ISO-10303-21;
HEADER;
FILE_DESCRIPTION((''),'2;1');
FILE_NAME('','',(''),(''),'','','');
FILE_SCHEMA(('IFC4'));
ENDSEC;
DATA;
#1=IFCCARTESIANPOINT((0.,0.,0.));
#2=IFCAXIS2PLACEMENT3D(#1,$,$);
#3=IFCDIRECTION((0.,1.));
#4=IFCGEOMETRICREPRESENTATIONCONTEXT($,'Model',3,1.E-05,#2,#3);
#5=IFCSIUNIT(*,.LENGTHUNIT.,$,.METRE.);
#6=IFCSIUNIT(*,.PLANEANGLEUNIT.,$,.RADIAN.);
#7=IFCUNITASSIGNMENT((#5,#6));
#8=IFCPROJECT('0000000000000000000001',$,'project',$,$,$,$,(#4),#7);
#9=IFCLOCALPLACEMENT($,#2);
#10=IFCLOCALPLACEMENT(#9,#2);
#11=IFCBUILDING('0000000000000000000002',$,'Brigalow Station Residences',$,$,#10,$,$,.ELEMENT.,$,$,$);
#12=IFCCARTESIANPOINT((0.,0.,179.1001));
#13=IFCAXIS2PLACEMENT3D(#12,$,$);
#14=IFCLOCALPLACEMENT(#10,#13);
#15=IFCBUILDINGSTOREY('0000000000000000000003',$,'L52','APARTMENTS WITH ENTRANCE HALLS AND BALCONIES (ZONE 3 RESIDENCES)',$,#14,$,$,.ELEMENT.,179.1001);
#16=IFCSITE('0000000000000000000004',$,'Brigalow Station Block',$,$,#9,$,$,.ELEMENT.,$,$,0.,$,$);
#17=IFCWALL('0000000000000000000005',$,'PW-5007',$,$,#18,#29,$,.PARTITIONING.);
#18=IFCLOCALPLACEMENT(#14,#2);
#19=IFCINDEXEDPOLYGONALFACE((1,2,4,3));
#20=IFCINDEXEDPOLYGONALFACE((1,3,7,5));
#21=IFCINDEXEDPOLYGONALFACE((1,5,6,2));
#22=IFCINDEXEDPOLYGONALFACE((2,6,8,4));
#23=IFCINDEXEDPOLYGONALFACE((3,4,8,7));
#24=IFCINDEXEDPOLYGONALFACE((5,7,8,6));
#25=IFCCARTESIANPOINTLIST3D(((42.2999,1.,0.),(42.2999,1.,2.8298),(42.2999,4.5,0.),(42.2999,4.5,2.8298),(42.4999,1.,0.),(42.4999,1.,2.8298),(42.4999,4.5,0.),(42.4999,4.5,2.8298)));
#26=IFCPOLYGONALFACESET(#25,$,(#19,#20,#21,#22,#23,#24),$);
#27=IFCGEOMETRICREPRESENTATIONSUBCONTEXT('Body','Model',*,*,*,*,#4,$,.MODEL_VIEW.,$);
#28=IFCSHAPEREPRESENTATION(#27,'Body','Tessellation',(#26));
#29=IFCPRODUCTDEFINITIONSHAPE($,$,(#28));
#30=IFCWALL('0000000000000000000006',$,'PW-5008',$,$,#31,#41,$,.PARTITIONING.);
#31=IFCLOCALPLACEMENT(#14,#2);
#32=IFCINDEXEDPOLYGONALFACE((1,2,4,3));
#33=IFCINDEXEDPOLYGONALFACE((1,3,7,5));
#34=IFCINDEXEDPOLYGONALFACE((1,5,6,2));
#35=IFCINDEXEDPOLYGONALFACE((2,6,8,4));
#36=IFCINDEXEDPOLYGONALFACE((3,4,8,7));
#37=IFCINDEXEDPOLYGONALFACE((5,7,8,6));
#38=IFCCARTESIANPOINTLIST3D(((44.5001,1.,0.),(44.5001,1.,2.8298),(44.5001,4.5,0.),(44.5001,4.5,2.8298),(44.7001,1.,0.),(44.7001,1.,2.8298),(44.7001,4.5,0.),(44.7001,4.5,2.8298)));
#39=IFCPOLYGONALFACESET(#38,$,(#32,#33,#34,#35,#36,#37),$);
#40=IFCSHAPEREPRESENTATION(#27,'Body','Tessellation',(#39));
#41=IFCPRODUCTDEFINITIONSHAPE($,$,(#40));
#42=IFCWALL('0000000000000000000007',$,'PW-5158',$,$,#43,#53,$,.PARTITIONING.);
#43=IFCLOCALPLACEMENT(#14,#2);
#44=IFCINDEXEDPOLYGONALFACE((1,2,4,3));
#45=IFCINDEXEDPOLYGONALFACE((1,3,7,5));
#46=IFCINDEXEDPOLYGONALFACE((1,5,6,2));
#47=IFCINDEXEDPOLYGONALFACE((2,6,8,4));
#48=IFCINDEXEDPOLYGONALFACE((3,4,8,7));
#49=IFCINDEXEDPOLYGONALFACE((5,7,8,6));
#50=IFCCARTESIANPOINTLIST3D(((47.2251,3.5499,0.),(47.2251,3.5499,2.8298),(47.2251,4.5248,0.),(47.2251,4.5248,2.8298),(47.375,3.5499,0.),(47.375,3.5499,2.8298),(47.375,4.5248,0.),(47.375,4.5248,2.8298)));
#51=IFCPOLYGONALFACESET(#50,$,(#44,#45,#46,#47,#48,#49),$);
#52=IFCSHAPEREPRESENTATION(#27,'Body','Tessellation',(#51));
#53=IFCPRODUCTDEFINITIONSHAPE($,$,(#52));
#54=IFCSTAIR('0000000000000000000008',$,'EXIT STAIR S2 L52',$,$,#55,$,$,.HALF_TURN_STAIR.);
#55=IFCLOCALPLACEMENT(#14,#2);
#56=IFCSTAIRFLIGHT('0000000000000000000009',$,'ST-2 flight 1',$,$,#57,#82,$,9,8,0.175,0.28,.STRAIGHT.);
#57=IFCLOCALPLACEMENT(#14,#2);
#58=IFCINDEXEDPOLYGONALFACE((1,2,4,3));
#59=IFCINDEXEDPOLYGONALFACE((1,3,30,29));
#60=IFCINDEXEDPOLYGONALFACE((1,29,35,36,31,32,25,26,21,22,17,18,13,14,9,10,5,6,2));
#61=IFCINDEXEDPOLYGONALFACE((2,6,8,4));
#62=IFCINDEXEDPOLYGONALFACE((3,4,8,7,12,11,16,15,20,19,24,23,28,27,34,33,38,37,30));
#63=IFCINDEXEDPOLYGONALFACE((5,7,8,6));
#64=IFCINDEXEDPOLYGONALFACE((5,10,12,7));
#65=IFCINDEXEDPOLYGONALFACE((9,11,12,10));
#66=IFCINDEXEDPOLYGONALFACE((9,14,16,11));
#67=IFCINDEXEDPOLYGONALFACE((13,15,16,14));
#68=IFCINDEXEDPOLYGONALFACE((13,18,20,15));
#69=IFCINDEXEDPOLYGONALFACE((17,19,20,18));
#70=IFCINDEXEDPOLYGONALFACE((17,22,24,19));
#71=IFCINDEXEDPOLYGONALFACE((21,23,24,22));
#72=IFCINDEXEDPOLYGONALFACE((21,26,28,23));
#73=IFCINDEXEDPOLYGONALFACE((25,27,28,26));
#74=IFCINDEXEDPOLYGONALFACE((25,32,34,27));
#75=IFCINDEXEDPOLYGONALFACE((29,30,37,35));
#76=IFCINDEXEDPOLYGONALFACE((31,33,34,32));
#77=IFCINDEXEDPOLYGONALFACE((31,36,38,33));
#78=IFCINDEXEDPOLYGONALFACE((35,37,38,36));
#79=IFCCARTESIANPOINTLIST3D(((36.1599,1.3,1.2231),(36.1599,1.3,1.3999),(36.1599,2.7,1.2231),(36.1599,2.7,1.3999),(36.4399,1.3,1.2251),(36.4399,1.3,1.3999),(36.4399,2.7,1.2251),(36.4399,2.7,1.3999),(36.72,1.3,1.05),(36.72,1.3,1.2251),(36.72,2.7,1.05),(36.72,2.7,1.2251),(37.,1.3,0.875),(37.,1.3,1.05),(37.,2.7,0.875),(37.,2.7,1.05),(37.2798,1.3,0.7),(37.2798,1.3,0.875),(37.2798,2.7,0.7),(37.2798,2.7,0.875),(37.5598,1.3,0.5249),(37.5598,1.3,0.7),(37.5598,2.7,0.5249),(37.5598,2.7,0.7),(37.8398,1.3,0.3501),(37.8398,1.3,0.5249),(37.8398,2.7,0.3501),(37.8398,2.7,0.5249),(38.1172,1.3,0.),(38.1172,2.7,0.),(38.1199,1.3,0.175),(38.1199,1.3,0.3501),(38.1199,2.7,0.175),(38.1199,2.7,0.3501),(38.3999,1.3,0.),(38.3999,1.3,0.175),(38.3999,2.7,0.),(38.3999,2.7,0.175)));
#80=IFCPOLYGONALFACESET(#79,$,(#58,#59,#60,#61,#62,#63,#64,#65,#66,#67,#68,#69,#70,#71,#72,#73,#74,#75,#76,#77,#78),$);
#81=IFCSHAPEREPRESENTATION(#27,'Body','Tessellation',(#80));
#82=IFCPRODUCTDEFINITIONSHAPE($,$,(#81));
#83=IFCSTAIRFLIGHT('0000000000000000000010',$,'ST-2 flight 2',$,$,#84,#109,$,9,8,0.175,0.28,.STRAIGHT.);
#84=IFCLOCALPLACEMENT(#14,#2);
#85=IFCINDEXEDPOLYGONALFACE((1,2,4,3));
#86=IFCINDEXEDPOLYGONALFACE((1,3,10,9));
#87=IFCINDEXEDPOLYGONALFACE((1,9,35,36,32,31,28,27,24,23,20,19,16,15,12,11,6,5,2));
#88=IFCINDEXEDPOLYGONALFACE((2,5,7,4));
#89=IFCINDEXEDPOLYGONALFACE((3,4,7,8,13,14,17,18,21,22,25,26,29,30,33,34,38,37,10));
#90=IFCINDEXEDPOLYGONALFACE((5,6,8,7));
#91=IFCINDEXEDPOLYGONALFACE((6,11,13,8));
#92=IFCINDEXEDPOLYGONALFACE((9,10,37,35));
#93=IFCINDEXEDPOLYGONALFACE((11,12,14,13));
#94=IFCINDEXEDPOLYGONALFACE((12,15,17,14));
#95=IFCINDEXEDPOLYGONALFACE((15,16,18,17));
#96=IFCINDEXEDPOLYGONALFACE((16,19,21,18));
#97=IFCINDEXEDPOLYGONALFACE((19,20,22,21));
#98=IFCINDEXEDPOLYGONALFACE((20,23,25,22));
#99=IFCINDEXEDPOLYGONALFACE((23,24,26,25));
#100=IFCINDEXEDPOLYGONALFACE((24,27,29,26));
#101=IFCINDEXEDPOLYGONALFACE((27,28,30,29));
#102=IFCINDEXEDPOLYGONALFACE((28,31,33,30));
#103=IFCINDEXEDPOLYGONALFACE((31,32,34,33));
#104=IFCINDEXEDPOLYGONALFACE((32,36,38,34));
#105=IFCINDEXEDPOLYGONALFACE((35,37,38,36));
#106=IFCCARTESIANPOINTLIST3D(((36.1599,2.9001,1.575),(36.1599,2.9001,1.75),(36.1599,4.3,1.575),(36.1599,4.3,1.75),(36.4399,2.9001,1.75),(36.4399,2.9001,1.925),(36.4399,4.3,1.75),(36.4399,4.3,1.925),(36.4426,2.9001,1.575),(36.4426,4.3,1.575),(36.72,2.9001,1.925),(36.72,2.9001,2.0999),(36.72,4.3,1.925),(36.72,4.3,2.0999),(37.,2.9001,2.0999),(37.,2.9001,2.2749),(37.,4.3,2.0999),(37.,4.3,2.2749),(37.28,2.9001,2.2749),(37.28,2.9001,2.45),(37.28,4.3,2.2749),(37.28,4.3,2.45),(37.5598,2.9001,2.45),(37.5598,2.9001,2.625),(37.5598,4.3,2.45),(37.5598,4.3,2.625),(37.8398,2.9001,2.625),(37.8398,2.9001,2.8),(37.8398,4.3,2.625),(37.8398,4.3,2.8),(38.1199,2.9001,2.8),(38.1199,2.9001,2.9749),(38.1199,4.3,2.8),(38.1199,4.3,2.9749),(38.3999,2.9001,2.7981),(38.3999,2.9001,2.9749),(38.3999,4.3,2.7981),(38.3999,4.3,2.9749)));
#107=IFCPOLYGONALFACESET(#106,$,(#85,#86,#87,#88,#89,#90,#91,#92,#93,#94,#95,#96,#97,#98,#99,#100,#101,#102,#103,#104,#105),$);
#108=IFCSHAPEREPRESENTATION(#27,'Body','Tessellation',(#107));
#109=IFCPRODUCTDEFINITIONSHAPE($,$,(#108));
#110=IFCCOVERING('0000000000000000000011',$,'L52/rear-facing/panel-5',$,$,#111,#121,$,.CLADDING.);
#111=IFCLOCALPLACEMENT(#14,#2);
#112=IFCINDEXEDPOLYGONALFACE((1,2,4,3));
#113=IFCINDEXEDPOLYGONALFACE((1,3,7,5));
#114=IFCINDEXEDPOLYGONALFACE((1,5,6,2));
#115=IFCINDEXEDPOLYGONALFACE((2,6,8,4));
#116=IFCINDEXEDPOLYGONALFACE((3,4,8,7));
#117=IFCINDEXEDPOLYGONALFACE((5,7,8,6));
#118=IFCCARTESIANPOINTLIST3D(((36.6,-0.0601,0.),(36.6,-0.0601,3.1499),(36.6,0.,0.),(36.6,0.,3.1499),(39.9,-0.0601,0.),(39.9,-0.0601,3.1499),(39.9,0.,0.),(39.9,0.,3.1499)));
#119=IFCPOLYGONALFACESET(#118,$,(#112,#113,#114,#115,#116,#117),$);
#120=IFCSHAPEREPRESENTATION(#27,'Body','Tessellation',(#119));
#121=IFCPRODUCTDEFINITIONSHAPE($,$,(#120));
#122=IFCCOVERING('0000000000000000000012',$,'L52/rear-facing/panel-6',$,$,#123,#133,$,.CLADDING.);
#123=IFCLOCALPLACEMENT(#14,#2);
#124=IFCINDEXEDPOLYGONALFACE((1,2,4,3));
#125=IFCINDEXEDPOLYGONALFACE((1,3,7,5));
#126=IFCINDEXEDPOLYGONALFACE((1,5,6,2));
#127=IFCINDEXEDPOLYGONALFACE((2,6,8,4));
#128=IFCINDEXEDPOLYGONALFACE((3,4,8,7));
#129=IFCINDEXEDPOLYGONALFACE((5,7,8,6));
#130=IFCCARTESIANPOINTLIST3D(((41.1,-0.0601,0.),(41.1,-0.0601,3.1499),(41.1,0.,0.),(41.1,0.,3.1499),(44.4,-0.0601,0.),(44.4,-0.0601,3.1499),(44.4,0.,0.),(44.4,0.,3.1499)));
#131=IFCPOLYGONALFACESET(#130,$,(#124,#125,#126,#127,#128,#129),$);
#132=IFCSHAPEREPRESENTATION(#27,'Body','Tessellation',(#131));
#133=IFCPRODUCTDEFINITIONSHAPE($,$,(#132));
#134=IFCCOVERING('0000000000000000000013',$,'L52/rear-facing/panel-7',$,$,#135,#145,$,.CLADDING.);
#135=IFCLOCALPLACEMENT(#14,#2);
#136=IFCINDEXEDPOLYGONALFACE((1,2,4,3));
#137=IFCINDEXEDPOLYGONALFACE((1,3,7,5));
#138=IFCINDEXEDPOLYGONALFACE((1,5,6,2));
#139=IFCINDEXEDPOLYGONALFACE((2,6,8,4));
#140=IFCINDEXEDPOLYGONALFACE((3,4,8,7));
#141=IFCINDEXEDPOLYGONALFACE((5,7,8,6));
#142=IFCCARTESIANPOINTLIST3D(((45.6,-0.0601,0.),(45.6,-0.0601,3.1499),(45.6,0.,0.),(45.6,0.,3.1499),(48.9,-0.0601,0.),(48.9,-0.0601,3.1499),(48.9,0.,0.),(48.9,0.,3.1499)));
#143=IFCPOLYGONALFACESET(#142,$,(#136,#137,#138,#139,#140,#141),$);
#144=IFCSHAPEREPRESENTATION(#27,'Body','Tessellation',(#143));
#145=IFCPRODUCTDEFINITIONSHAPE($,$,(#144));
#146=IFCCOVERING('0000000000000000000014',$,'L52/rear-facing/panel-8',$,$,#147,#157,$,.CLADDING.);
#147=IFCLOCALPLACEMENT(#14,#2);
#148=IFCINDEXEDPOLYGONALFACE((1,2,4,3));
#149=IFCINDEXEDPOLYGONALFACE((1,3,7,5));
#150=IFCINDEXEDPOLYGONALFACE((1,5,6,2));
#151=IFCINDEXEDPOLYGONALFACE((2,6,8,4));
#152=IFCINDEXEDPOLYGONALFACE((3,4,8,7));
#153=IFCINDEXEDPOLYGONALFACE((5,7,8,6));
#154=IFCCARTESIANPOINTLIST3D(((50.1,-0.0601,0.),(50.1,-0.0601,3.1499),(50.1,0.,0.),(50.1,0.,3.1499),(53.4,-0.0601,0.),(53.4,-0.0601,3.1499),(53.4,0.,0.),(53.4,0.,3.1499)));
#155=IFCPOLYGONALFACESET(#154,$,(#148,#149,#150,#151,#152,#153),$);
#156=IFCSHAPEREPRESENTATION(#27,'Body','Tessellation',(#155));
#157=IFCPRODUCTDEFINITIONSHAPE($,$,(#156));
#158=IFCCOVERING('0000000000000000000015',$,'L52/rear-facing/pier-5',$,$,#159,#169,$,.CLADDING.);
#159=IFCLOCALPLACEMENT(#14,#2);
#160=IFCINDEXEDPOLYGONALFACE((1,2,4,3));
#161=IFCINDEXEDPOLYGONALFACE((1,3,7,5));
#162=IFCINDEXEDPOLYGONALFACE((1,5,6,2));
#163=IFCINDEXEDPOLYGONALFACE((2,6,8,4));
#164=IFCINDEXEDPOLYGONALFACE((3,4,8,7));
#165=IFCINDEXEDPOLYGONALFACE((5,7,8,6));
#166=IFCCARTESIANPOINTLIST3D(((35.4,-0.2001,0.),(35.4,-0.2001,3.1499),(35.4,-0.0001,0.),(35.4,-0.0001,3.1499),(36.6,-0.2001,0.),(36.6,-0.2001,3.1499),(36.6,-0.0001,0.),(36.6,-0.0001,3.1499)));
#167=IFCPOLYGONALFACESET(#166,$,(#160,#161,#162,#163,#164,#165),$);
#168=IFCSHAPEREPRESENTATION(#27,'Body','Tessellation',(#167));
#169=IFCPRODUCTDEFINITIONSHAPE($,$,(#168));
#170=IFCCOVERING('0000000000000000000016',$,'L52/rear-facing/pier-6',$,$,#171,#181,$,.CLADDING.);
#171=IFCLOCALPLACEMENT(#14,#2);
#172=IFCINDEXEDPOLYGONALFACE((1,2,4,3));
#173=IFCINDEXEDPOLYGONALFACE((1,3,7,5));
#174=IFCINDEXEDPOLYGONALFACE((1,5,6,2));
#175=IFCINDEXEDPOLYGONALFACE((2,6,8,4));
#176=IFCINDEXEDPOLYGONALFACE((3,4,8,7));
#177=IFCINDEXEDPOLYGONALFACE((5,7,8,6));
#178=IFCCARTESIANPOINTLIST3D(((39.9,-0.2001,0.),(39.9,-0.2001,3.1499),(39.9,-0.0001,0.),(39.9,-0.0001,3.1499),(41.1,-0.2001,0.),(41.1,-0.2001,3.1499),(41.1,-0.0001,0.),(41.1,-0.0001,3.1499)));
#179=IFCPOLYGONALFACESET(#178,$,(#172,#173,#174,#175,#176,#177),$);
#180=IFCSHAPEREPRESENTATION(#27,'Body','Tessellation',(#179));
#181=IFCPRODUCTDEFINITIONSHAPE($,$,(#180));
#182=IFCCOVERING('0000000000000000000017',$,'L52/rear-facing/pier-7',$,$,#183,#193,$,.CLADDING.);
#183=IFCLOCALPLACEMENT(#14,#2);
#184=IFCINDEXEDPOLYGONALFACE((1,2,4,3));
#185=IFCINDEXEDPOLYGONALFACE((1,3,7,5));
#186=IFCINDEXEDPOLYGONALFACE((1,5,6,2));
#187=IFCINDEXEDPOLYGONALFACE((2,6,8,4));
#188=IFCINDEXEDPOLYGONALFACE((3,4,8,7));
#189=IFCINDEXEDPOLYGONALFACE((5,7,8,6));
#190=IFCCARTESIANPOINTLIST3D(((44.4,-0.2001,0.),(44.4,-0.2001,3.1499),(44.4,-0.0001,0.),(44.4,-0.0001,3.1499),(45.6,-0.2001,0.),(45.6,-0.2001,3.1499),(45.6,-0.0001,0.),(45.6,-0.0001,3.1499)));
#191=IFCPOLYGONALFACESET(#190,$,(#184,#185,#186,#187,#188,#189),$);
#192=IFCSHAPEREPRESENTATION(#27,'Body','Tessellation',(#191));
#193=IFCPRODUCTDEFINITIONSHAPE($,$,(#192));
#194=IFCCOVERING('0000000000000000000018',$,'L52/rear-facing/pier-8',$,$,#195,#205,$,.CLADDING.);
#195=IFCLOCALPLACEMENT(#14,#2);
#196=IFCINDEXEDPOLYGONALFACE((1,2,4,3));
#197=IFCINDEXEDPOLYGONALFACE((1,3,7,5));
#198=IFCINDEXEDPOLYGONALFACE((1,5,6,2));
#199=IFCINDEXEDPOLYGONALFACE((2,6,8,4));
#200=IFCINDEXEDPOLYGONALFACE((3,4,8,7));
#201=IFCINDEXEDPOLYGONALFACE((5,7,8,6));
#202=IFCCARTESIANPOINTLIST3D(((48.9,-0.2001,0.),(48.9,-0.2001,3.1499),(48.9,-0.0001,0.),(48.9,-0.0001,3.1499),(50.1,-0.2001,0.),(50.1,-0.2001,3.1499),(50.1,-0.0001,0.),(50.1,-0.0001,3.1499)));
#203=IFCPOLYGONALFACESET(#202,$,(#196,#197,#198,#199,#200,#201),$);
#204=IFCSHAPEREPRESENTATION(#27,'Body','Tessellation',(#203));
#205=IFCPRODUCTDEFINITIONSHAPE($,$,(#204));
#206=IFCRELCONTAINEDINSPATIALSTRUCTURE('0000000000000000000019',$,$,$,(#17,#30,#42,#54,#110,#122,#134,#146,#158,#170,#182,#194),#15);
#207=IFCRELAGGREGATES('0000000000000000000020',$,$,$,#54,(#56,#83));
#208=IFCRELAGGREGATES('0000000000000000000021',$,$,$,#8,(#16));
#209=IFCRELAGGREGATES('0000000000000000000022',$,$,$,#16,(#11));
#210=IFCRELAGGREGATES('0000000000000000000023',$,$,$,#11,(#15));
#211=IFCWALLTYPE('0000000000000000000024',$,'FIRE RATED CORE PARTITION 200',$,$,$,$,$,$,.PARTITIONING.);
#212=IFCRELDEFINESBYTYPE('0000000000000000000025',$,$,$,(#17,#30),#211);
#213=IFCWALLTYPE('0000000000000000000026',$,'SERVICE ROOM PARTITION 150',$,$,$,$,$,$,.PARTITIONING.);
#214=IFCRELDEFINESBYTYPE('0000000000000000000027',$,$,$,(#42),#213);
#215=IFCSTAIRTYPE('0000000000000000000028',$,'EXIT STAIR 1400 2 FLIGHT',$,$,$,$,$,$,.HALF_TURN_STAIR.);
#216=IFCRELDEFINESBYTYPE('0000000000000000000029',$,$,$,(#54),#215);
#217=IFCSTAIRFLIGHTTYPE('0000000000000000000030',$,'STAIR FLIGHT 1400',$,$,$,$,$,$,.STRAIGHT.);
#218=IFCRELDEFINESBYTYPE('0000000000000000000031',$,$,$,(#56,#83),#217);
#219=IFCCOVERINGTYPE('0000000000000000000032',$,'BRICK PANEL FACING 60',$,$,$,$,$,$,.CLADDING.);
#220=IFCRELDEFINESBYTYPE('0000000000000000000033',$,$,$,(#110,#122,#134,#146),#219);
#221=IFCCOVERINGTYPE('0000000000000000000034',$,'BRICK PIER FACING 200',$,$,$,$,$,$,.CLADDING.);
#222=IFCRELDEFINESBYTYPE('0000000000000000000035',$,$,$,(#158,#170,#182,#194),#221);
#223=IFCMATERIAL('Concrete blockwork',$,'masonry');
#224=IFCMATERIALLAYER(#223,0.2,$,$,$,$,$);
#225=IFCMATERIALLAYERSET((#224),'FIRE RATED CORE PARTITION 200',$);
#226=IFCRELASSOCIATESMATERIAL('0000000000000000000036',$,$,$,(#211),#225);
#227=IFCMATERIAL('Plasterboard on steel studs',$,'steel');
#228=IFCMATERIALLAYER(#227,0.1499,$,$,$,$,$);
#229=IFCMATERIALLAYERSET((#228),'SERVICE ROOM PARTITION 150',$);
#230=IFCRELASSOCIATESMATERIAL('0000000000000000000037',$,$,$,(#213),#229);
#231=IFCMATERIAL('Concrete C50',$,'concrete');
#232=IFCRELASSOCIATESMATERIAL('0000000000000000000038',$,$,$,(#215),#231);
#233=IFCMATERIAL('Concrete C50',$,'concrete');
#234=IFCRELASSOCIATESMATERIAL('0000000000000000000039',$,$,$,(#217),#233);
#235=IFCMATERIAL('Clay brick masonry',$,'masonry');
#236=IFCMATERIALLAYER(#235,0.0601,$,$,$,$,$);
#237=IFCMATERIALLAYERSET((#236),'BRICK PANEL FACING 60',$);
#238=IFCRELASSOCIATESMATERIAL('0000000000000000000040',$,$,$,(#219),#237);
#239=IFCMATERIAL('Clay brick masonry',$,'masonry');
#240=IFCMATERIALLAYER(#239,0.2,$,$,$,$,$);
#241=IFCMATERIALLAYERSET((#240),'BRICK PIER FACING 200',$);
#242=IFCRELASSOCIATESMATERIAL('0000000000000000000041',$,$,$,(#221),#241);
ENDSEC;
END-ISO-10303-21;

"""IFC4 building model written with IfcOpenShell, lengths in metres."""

from ifc_helpers import new_model, si_unit, direction, frame, frame_2d, origin, origin_2d, place, context, subcontext, project, spatial, polyline, rectangle, outline, extrude, material, layer, layer_set, type_object, element, aggregate, save


model = new_model("IFC4")

# Units and contexts
model_context = context("Model", 3, precision=1e-05, world=origin(), true_north=direction((0.0, 1.0)))
body_context = subcontext(model_context, "Body", "Model", "MODEL_VIEW")
ifc_project = project(units=[si_unit("LENGTHUNIT", "METRE"), si_unit("PLANEANGLEUNIT", "RADIAN")], contexts=[model_context])

# Site, building, storey
site_placement = place(None, origin())
site = spatial("IfcSite", under=ifc_project, at=site_placement, Name="Brigalow Station Block", CompositionType="ELEMENT", RefElevation=0.0)
building_placement = place(site_placement, origin())
building = spatial("IfcBuilding", under=site, at=building_placement, Name="Brigalow Station Residences", CompositionType="ELEMENT")
storey_placement = place(building_placement, frame((0.0, 0.0, 179.1001)))
storey = spatial("IfcBuildingStorey", under=building, at=storey_placement, Name="L52", Description="APARTMENTS WITH ENTRANCE HALLS AND BALCONIES (ZONE 3 RESIDENCES)", CompositionType="ELEMENT", Elevation=179.1001)

# Shared definitions
ifc_material_1 = material(Name="Concrete blockwork", Category="masonry")
ifc_layer_1 = layer(ifc_material_1, 0.2)
ifc_layer_set_1 = layer_set([ifc_layer_1], Name="FIRE RATED CORE PARTITION 200")
wall_type_1 = type_object("IfcWallType", Name="FIRE RATED CORE PARTITION 200", PredefinedType="PARTITIONING", material=ifc_layer_set_1)

# Walls
for number, where, z_axis, x_axis, name in (
    (1, (42.3999, 1.0, 0.0), (0.0, 0.0, 1.0), (0.0, 1.0, 0.0), "PW-5007"),
    (2, (44.6001, 1.0, 0.0), (0.0, 0.0, 1.0), (0.0, 1.0, 0.0), "PW-5008"),
):
    element("IfcWall", number, at=place(storey_placement, frame(where, z_axis=z_axis, x_axis=x_axis)), inside=storey, type_object=wall_type_1, Name=name, PredefinedType="PARTITIONING", context=body_context, shape_type="SweptSolid", body=[
        extrude(rectangle(XDim=3.5, YDim=0.2, at=frame_2d((1.75, 0.0))), origin(), (0.0, 0.0, 1.0), 2.8298),
    ])
ifc_material_2 = material(Name="Plasterboard on steel studs", Category="steel")
ifc_layer_2 = layer(ifc_material_2, 0.1499)
ifc_layer_set_2 = layer_set([ifc_layer_2], Name="SERVICE ROOM PARTITION 150")
wall_type_2 = type_object("IfcWallType", Name="SERVICE ROOM PARTITION 150", PredefinedType="PARTITIONING", material=ifc_layer_set_2)
wall_1_placement = place(storey_placement, frame((47.3, 3.55, 0.0), z_axis=(0.0, 0.0, 1.0), x_axis=(0.0, 1.0, 0.0)))
element("IfcWall", 3, at=wall_1_placement, inside=storey, type_object=wall_type_2, Name="PW-5158", PredefinedType="PARTITIONING", context=body_context, shape_type="SweptSolid", body=[
    extrude(rectangle(XDim=0.9749, YDim=0.1499, at=frame_2d((0.4873, 0.0))), origin(), (0.0, 0.0, 1.0), 2.8298),
])

# Stair, stair flights
ifc_material_3 = material(Name="Concrete C50", Category="concrete")
stair_type = type_object("IfcStairType", Name="EXIT STAIR 1400 2 FLIGHT", PredefinedType="HALF_TURN_STAIR", material=ifc_material_3)
stair_placement = place(storey_placement, origin())
stair = element("IfcStair", 4, at=stair_placement, inside=storey, type_object=stair_type, Name="EXIT STAIR S2 L52", PredefinedType="HALF_TURN_STAIR")
ifc_material_4 = material(Name="Concrete C50", Category="concrete")
stair_flight_type = type_object("IfcStairFlightType", Name="STAIR FLIGHT 1400", PredefinedType="STRAIGHT", material=ifc_material_4)
stair_flight_1_placement = place(storey_placement, frame((38.3999, 2.0, 0.0), z_axis=(0.0, 0.0, 1.0), x_axis=(-1.0, 0.0, 0.0)))
stair_flight_1 = element("IfcStairFlight", 5, at=stair_flight_1_placement, type_object=stair_flight_type, Name="ST-2 flight 1", NumberOfRisers=9, NumberOfTreads=8, PredefinedType="STRAIGHT", RiserHeight=0.175, TreadLength=0.28, context=body_context, shape_type="SweptSolid", body=[
    extrude(outline(polyline([(0.0, 0.0), (0.0, 0.175), (0.28, 0.175), (0.28, 0.3501), (0.5601, 0.3501), (0.5601, 0.5249), (0.8401, 0.5249), (0.8401, 0.7), (1.1201, 0.7), (1.1201, 0.875), (1.3999, 0.875), (1.3999, 1.05), (1.6799, 1.05), (1.6799, 1.2251), (1.96, 1.2251), (1.96, 1.3999), (2.24, 1.3999), (2.24, 1.575), (2.24, 1.2231), (0.2827, 0.0), (0.0, 0.0)])), frame((0.0, 0.7, 0.0), z_axis=(0.0, -1.0, 0.0), x_axis=(1.0, 0.0, 0.0)), (0.0, 0.0, 1.0), 1.3999),
])
stair_flight_2_placement = place(storey_placement, frame((36.1599, 3.6001, 1.575), z_axis=(0.0, 0.0, 1.0), x_axis=(1.0, 0.0, 0.0)))
stair_flight_2 = element("IfcStairFlight", 6, at=stair_flight_2_placement, type_object=stair_flight_type, Name="ST-2 flight 2", NumberOfRisers=9, NumberOfTreads=8, PredefinedType="STRAIGHT", RiserHeight=0.175, TreadLength=0.28, context=body_context, shape_type="SweptSolid", body=[
    extrude(outline(polyline([(0.0, 0.0), (0.0, 0.175), (0.28, 0.175), (0.28, 0.3501), (0.5601, 0.3501), (0.5601, 0.5249), (0.8401, 0.5249), (0.8401, 0.7), (1.1201, 0.7), (1.1201, 0.875), (1.3999, 0.875), (1.3999, 1.05), (1.6799, 1.05), (1.6799, 1.2251), (1.96, 1.2251), (1.96, 1.3999), (2.24, 1.3999), (2.24, 1.575), (2.24, 1.2231), (0.2827, 0.0), (0.0, 0.0)])), frame((0.0, 0.7, 0.0), z_axis=(0.0, -1.0, 0.0), x_axis=(1.0, 0.0, 0.0)), (0.0, 0.0, 1.0), 1.3999),
])
aggregate(stair, [stair_flight_1, stair_flight_2])

# Coverings
ifc_material_5 = material(Name="Clay brick masonry", Category="masonry")
ifc_layer_3 = layer(ifc_material_5, 0.0601)
ifc_layer_set_3 = layer_set([ifc_layer_3], Name="BRICK PANEL FACING 60")
covering_type_1 = type_object("IfcCoveringType", Name="BRICK PANEL FACING 60", PredefinedType="CLADDING", material=ifc_layer_set_3)
for number, where, z_axis, x_axis, name in (
    (7, (38.25, -0.03, 0.0), (0.0, 0.0, 1.0), (1.0, 0.0, 0.0), "L52/rear-facing/panel-5"),
    (8, (42.75, -0.03, 0.0), (0.0, 0.0, 1.0), (1.0, 0.0, 0.0), "L52/rear-facing/panel-6"),
    (9, (47.25, -0.03, 0.0), (0.0, 0.0, 1.0), (1.0, 0.0, 0.0), "L52/rear-facing/panel-7"),
    (10, (51.75, -0.03, 0.0), (0.0, 0.0, 1.0), (1.0, 0.0, 0.0), "L52/rear-facing/panel-8"),
):
    element("IfcCovering", number, at=place(storey_placement, frame(where, z_axis=z_axis, x_axis=x_axis)), inside=storey, type_object=covering_type_1, Name=name, PredefinedType="CLADDING", context=body_context, shape_type="SweptSolid", body=[
        extrude(rectangle(XDim=3.3, YDim=0.0601, at=origin_2d()), origin(), (0.0, 0.0, 1.0), 3.1499),
    ])
ifc_material_6 = material(Name="Clay brick masonry", Category="masonry")
ifc_layer_4 = layer(ifc_material_6, 0.2)
ifc_layer_set_4 = layer_set([ifc_layer_4], Name="BRICK PIER FACING 200")
covering_type_2 = type_object("IfcCoveringType", Name="BRICK PIER FACING 200", PredefinedType="CLADDING", material=ifc_layer_set_4)
for number, where, z_axis, x_axis, name in (
    (11, (36.0, -0.1001, 0.0), (0.0, 0.0, 1.0), (1.0, 0.0, 0.0), "L52/rear-facing/pier-5"),
    (12, (40.5, -0.1001, 0.0), (0.0, 0.0, 1.0), (1.0, 0.0, 0.0), "L52/rear-facing/pier-6"),
    (13, (45.0, -0.1001, 0.0), (0.0, 0.0, 1.0), (1.0, 0.0, 0.0), "L52/rear-facing/pier-7"),
    (14, (49.5, -0.1001, 0.0), (0.0, 0.0, 1.0), (1.0, 0.0, 0.0), "L52/rear-facing/pier-8"),
):
    element("IfcCovering", number, at=place(storey_placement, frame(where, z_axis=z_axis, x_axis=x_axis)), inside=storey, type_object=covering_type_2, Name=name, PredefinedType="CLADDING", context=body_context, shape_type="SweptSolid", body=[
        extrude(rectangle(XDim=1.2, YDim=0.2, at=origin_2d()), origin(), (0.0, 0.0, 1.0), 3.1499),
    ])

save(model, "model.ifc")
